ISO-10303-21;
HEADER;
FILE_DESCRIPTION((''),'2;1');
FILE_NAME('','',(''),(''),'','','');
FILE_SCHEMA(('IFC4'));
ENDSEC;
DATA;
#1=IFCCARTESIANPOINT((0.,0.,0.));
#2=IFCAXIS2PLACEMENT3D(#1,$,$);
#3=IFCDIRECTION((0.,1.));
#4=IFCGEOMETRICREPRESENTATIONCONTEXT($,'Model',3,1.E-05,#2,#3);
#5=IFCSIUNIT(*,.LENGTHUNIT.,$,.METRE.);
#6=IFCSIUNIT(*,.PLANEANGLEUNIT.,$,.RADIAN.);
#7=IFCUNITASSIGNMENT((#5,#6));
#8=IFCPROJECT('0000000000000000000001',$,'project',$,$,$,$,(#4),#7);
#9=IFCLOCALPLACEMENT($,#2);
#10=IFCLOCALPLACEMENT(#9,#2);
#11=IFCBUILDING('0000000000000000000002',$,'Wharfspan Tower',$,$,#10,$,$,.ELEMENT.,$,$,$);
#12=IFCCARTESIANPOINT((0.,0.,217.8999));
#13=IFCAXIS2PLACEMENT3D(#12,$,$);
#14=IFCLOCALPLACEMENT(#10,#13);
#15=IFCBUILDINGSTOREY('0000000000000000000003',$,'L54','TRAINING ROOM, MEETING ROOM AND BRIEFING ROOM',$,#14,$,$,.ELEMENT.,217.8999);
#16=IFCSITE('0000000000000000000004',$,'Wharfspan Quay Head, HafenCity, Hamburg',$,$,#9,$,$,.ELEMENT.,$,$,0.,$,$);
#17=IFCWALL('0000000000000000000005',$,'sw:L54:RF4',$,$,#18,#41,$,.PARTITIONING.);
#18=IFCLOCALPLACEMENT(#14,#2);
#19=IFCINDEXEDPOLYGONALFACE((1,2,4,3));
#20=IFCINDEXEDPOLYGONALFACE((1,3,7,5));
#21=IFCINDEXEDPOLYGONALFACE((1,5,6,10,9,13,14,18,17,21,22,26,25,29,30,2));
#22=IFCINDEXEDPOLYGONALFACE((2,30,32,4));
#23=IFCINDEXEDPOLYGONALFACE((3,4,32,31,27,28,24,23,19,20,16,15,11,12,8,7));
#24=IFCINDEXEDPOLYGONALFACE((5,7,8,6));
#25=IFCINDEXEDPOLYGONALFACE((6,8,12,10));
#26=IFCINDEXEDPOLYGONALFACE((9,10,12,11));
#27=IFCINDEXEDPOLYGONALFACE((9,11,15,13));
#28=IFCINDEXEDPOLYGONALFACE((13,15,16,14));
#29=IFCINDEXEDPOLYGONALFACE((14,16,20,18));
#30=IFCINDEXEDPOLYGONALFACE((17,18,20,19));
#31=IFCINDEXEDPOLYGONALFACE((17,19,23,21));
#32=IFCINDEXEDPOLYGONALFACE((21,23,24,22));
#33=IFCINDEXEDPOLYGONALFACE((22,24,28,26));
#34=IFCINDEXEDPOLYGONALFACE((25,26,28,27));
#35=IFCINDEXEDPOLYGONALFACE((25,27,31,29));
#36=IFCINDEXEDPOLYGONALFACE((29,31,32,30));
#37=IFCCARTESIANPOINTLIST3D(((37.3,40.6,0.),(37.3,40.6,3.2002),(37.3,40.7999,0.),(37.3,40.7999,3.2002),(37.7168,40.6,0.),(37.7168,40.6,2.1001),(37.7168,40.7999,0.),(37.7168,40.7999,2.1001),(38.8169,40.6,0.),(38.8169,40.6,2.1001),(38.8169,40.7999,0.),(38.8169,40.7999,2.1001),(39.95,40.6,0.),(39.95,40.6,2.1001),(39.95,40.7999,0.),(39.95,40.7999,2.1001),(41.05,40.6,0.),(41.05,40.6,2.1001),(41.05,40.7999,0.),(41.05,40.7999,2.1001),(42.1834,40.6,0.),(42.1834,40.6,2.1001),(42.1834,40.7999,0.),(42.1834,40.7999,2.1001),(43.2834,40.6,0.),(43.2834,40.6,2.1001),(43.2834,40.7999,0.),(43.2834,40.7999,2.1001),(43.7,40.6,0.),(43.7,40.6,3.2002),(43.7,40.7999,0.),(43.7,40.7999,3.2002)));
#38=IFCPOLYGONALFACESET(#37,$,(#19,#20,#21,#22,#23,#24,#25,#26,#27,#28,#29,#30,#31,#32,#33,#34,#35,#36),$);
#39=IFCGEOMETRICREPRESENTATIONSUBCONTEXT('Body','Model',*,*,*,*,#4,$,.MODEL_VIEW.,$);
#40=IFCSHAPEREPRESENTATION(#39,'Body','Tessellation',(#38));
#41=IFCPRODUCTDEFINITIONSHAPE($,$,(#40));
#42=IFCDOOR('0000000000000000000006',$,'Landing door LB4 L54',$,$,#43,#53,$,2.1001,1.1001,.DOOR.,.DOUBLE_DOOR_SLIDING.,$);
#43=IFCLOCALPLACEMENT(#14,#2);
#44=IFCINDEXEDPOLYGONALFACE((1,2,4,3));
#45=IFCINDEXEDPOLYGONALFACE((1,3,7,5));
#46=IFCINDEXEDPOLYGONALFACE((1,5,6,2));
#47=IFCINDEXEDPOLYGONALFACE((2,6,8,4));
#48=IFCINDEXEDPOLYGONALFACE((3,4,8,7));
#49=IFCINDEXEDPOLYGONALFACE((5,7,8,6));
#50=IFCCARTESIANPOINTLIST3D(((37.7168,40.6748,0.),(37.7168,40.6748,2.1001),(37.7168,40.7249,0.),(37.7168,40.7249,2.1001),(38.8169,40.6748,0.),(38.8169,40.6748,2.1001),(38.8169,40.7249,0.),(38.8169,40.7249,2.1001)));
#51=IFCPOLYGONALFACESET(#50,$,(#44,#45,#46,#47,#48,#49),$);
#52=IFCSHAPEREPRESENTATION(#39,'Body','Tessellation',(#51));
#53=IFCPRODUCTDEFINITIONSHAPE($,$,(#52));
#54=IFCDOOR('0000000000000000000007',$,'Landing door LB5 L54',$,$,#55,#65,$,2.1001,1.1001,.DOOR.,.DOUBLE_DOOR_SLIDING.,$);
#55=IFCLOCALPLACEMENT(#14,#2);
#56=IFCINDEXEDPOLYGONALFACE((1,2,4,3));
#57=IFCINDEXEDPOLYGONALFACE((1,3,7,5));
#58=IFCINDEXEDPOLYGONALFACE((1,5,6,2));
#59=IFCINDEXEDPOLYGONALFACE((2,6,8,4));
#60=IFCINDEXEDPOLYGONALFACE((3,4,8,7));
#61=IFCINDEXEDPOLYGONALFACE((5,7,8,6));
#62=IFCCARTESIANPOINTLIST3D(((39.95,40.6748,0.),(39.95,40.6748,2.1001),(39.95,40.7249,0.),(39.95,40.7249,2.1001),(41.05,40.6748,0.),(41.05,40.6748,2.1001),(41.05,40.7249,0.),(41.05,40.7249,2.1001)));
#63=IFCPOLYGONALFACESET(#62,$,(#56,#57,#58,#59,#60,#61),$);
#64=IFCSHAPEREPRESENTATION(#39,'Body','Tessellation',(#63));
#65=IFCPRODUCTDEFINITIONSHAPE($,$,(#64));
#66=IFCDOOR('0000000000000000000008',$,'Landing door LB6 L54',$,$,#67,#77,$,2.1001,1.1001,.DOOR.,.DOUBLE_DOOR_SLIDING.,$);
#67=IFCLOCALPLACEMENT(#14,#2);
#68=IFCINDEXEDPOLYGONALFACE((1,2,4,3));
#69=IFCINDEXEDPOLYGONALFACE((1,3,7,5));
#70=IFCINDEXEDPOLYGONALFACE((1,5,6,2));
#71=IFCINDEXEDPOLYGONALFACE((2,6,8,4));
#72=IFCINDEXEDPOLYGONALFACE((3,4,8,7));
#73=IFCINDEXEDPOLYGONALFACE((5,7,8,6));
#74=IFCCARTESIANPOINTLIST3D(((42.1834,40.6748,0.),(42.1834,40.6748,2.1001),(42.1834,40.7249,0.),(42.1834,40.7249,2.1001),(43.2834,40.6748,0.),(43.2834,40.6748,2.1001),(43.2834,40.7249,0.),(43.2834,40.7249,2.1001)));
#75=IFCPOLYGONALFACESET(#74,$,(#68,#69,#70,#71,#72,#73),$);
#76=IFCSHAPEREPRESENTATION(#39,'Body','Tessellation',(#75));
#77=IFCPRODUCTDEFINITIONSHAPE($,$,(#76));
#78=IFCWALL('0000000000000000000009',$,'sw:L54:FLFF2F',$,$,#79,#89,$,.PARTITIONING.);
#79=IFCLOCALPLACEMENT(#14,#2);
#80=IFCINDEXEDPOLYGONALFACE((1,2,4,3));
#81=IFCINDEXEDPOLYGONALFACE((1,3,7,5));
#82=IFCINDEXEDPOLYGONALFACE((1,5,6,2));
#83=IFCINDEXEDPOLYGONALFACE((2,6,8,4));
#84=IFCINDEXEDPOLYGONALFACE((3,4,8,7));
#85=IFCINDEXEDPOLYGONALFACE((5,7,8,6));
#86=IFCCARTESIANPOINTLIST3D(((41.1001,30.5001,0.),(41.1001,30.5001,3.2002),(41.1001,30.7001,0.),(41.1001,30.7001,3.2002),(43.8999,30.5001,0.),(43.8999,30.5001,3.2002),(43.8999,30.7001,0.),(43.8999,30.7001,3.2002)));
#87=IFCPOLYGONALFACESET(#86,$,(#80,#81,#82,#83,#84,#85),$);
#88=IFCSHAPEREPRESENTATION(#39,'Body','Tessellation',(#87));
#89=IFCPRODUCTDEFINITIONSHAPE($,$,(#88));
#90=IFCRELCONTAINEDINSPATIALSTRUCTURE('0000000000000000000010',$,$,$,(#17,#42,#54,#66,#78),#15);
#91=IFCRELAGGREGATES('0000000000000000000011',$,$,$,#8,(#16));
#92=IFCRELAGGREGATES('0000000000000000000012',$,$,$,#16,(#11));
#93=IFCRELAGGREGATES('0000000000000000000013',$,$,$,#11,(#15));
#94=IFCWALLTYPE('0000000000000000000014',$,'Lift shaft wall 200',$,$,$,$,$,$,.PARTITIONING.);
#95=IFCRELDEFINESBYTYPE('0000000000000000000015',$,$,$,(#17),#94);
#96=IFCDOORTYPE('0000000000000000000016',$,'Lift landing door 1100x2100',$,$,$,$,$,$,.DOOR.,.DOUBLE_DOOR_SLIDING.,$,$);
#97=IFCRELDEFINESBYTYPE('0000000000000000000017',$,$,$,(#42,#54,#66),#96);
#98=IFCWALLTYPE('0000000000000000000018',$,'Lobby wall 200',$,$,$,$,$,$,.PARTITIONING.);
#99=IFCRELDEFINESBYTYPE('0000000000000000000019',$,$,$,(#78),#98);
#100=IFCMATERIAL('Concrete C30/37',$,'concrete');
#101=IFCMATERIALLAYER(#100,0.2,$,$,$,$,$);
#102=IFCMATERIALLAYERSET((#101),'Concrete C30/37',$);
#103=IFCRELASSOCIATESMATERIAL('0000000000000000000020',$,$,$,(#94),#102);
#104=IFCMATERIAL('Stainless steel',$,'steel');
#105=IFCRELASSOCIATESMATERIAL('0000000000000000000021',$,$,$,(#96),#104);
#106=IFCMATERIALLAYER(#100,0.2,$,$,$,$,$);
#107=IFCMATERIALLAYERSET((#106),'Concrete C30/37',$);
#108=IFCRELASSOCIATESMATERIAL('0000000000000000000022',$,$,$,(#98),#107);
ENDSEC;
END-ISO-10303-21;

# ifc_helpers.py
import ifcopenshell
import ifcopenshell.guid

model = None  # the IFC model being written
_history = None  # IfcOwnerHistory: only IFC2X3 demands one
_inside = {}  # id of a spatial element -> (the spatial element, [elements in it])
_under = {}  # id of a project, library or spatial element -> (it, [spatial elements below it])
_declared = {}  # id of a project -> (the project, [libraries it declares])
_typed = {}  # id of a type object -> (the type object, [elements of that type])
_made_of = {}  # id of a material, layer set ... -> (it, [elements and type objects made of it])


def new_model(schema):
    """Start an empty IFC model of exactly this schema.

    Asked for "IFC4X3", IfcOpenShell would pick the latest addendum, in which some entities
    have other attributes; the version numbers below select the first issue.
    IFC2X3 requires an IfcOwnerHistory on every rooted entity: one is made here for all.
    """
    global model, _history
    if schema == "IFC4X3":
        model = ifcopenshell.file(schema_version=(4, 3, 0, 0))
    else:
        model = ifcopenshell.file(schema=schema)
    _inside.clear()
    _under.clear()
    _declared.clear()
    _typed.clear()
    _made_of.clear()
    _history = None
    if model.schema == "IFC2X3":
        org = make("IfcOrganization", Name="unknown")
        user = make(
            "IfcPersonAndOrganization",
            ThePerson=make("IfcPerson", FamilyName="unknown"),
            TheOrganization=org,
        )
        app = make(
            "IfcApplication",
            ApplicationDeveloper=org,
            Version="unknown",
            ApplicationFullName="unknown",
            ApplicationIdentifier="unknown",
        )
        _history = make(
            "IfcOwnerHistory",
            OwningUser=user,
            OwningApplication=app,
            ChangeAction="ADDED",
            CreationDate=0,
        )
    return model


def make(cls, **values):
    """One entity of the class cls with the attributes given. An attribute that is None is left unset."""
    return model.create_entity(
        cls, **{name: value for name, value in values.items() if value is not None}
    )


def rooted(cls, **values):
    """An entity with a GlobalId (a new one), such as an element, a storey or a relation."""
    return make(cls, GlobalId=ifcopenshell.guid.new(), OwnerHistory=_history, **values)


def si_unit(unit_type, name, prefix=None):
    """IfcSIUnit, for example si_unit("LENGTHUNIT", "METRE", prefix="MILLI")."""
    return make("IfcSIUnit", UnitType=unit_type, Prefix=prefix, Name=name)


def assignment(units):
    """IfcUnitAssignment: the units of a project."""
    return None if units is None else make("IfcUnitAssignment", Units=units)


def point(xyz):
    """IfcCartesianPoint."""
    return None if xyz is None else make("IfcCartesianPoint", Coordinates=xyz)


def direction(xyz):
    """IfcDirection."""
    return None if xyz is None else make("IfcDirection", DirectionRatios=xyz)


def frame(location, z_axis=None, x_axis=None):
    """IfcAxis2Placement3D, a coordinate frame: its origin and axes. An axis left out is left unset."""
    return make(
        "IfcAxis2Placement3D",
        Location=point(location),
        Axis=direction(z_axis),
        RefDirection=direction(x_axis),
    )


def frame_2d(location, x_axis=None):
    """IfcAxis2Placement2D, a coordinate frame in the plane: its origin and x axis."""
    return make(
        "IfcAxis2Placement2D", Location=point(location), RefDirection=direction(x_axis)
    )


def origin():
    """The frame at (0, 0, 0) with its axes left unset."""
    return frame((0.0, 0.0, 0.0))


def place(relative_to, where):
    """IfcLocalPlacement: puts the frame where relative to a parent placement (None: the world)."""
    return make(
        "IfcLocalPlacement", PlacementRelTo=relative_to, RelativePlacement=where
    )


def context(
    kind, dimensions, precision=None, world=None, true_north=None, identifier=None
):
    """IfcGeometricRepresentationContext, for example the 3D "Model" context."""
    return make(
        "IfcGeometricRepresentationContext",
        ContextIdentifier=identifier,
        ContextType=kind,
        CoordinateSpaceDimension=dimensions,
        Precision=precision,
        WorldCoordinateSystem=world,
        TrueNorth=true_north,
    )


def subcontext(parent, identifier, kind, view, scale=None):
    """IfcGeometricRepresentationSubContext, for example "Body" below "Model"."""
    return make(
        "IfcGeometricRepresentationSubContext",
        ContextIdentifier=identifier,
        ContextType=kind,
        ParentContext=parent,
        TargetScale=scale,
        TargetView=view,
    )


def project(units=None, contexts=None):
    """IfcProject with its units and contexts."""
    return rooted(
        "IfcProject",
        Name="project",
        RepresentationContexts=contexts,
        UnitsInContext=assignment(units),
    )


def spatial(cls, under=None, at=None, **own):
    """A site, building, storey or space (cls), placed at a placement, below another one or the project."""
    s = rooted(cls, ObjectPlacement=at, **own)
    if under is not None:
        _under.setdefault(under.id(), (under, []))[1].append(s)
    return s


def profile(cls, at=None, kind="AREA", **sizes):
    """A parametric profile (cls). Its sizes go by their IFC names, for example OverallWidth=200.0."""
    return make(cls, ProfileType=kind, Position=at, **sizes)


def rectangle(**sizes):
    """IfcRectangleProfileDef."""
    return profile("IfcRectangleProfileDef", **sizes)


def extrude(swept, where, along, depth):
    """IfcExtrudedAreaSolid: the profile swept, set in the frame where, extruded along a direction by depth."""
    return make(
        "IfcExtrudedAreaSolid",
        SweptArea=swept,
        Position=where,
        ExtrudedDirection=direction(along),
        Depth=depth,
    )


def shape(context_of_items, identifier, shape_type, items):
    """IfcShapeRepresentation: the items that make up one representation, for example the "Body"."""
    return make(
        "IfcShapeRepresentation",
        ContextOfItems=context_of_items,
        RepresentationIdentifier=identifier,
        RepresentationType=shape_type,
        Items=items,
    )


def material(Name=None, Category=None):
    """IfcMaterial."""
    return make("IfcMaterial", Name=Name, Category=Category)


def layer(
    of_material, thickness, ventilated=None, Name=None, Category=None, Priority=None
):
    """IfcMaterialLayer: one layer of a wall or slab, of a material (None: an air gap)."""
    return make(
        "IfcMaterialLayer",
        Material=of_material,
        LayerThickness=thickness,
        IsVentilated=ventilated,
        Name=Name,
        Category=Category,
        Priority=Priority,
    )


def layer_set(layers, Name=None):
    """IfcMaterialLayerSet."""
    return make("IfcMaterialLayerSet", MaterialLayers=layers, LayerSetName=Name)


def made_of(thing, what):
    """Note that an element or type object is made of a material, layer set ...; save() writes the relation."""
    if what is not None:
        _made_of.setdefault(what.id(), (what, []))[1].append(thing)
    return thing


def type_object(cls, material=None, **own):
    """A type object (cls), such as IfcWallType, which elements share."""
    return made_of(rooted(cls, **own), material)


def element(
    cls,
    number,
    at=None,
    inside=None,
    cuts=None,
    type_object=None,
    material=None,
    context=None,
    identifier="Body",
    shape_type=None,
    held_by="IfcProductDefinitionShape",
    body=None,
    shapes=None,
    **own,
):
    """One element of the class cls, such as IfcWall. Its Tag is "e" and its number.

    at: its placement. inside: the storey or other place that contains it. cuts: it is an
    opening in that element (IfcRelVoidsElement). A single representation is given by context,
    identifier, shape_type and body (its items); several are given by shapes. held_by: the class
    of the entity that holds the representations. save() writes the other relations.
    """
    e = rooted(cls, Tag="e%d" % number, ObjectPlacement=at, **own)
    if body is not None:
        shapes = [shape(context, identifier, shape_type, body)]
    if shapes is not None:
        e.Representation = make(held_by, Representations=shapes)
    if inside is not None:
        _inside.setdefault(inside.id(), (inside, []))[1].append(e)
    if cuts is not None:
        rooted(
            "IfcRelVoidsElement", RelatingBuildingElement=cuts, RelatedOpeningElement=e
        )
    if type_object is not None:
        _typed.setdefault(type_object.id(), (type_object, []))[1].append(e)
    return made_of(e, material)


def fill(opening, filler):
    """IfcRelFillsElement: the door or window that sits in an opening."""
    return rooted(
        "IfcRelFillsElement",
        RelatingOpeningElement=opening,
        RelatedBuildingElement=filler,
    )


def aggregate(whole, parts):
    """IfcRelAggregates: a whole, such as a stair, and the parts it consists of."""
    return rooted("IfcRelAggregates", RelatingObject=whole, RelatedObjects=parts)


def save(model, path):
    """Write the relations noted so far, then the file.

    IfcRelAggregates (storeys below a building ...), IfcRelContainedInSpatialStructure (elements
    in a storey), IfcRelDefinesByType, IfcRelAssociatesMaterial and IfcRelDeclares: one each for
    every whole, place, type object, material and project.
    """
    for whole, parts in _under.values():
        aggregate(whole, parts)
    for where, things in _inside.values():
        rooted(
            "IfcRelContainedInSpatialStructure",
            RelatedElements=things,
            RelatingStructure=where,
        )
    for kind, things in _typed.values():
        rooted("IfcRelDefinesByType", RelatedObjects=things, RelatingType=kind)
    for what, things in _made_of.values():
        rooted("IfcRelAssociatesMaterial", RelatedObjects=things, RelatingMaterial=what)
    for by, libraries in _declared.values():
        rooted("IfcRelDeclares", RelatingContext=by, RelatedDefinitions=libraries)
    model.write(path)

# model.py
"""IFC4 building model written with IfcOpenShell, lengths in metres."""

from ifc_helpers import new_model, si_unit, direction, frame, frame_2d, origin, place, context, subcontext, project, spatial, rectangle, extrude, material, layer, layer_set, type_object, element, fill, save


model = new_model("IFC4")

# Units and contexts
model_context = context("Model", 3, precision=1e-05, world=origin(), true_north=direction((0.0, 1.0)))
body_context = subcontext(model_context, "Body", "Model", "MODEL_VIEW")
ifc_project = project(units=[si_unit("LENGTHUNIT", "METRE"), si_unit("PLANEANGLEUNIT", "RADIAN")], contexts=[model_context])

# Site, building, storey
site_placement = place(None, origin())
site = spatial("IfcSite", under=ifc_project, at=site_placement, Name="Wharfspan Quay Head, HafenCity, Hamburg", CompositionType="ELEMENT", RefElevation=0.0)
building_placement = place(site_placement, origin())
building = spatial("IfcBuilding", under=site, at=building_placement, Name="Wharfspan Tower", CompositionType="ELEMENT")
storey_placement = place(building_placement, frame((0.0, 0.0, 217.8999)))
storey = spatial("IfcBuildingStorey", under=building, at=storey_placement, Name="L54", Description="TRAINING ROOM, MEETING ROOM AND BRIEFING ROOM", CompositionType="ELEMENT", Elevation=217.8999)

# Wall, openings, doors
ifc_material_1 = material(Name="Concrete C30/37", Category="concrete")
ifc_layer_1 = layer(ifc_material_1, 0.2)
ifc_layer_set_1 = layer_set([ifc_layer_1], Name="Concrete C30/37")
wall_type_1 = type_object("IfcWallType", Name="Lift shaft wall 200", PredefinedType="PARTITIONING", material=ifc_layer_set_1)
ifc_material_2 = material(Name="Stainless steel", Category="steel")
door_type_1 = type_object("IfcDoorType", Name="Lift landing door 1100x2100", OperationType="DOUBLE_DOOR_SLIDING", PredefinedType="DOOR", material=ifc_material_2)
wall_1_placement = place(storey_placement, frame((37.3, 40.7, 0.0), z_axis=(0.0, 0.0, 1.0), x_axis=(1.0, 0.0, 0.0)))
wall_1 = element("IfcWall", 1, at=wall_1_placement, inside=storey, type_object=wall_type_1, Name="sw:L54:RF4", PredefinedType="PARTITIONING", context=body_context, shape_type="SweptSolid", body=[
    extrude(rectangle(XDim=6.3999, YDim=0.2, at=frame_2d((3.2, 0.0))), origin(), (0.0, 0.0, 1.0), 3.2002),
])
opening_1_placement = place(wall_1_placement, frame((0.4167, 0.0, 0.0)))
opening_1 = element("IfcOpeningElement", 2, at=opening_1_placement, cuts=wall_1, PredefinedType="OPENING", context=body_context, shape_type="SweptSolid", body=[
    extrude(rectangle(XDim=1.1001, YDim=2.1001, at=frame_2d((0.55, 1.05))), frame((0.0, 0.1099, 0.0), z_axis=(0.0, -1.0, 0.0), x_axis=(1.0, 0.0, 0.0)), (0.0, 0.0, 1.0), 0.22),
])
opening_2_placement = place(wall_1_placement, frame((2.6499, 0.0, 0.0)))
opening_2 = element("IfcOpeningElement", 3, at=opening_2_placement, cuts=wall_1, PredefinedType="OPENING", context=body_context, shape_type="SweptSolid", body=[
    extrude(rectangle(XDim=1.1001, YDim=2.1001, at=frame_2d((0.55, 1.05))), frame((0.0, 0.1099, 0.0), z_axis=(0.0, -1.0, 0.0), x_axis=(1.0, 0.0, 0.0)), (0.0, 0.0, 1.0), 0.22),
])
opening_3_placement = place(wall_1_placement, frame((4.8833, 0.0, 0.0)))
opening_3 = element("IfcOpeningElement", 4, at=opening_3_placement, cuts=wall_1, PredefinedType="OPENING", context=body_context, shape_type="SweptSolid", body=[
    extrude(rectangle(XDim=1.1001, YDim=2.1001, at=frame_2d((0.55, 1.05))), frame((0.0, 0.1099, 0.0), z_axis=(0.0, -1.0, 0.0), x_axis=(1.0, 0.0, 0.0)), (0.0, 0.0, 1.0), 0.22),
])
door_1_placement = place(opening_1_placement, origin())
door_1 = element("IfcDoor", 5, at=door_1_placement, inside=storey, type_object=door_type_1, Name="Landing door LB4 L54", OperationType="DOUBLE_DOOR_SLIDING", OverallHeight=2.1001, OverallWidth=1.1001, PredefinedType="DOOR", context=body_context, shape_type="SweptSolid", body=[
    extrude(rectangle(XDim=1.1001, YDim=2.1001, at=frame_2d((0.55, 1.05))), frame((0.0, 0.0249, 0.0), z_axis=(0.0, -1.0, 0.0), x_axis=(1.0, 0.0, 0.0)), (0.0, 0.0, 1.0), 0.05),
])
fill(opening_1, door_1)
door_2_placement = place(opening_2_placement, origin())
door_2 = element("IfcDoor", 6, at=door_2_placement, inside=storey, type_object=door_type_1, Name="Landing door LB5 L54", OperationType="DOUBLE_DOOR_SLIDING", OverallHeight=2.1001, OverallWidth=1.1001, PredefinedType="DOOR", context=body_context, shape_type="SweptSolid", body=[
    extrude(rectangle(XDim=1.1001, YDim=2.1001, at=frame_2d((0.55, 1.05))), frame((0.0, 0.0249, 0.0), z_axis=(0.0, -1.0, 0.0), x_axis=(1.0, 0.0, 0.0)), (0.0, 0.0, 1.0), 0.05),
])
fill(opening_2, door_2)
door_3_placement = place(opening_3_placement, origin())
door_3 = element("IfcDoor", 7, at=door_3_placement, inside=storey, type_object=door_type_1, Name="Landing door LB6 L54", OperationType="DOUBLE_DOOR_SLIDING", OverallHeight=2.1001, OverallWidth=1.1001, PredefinedType="DOOR", context=body_context, shape_type="SweptSolid", body=[
    extrude(rectangle(XDim=1.1001, YDim=2.1001, at=frame_2d((0.55, 1.05))), frame((0.0, 0.0249, 0.0), z_axis=(0.0, -1.0, 0.0), x_axis=(1.0, 0.0, 0.0)), (0.0, 0.0, 1.0), 0.05),
])
fill(opening_3, door_3)

# Wall
ifc_layer_2 = layer(ifc_material_1, 0.2)
ifc_layer_set_2 = layer_set([ifc_layer_2], Name="Concrete C30/37")
wall_type_2 = type_object("IfcWallType", Name="Lobby wall 200", PredefinedType="PARTITIONING", material=ifc_layer_set_2)
wall_2_placement = place(storey_placement, frame((41.1001, 30.6001, 0.0), z_axis=(0.0, 0.0, 1.0), x_axis=(1.0, 0.0, 0.0)))
element("IfcWall", 8, at=wall_2_placement, inside=storey, type_object=wall_type_2, Name="sw:L54:FLFF2F", PredefinedType="PARTITIONING", context=body_context, shape_type="SweptSolid", body=[
    extrude(rectangle(XDim=2.7998, YDim=0.2, at=frame_2d((1.3999, 0.0))), origin(), (0.0, 0.0, 1.0), 3.2002),
])

save(model, "model.ifc")
